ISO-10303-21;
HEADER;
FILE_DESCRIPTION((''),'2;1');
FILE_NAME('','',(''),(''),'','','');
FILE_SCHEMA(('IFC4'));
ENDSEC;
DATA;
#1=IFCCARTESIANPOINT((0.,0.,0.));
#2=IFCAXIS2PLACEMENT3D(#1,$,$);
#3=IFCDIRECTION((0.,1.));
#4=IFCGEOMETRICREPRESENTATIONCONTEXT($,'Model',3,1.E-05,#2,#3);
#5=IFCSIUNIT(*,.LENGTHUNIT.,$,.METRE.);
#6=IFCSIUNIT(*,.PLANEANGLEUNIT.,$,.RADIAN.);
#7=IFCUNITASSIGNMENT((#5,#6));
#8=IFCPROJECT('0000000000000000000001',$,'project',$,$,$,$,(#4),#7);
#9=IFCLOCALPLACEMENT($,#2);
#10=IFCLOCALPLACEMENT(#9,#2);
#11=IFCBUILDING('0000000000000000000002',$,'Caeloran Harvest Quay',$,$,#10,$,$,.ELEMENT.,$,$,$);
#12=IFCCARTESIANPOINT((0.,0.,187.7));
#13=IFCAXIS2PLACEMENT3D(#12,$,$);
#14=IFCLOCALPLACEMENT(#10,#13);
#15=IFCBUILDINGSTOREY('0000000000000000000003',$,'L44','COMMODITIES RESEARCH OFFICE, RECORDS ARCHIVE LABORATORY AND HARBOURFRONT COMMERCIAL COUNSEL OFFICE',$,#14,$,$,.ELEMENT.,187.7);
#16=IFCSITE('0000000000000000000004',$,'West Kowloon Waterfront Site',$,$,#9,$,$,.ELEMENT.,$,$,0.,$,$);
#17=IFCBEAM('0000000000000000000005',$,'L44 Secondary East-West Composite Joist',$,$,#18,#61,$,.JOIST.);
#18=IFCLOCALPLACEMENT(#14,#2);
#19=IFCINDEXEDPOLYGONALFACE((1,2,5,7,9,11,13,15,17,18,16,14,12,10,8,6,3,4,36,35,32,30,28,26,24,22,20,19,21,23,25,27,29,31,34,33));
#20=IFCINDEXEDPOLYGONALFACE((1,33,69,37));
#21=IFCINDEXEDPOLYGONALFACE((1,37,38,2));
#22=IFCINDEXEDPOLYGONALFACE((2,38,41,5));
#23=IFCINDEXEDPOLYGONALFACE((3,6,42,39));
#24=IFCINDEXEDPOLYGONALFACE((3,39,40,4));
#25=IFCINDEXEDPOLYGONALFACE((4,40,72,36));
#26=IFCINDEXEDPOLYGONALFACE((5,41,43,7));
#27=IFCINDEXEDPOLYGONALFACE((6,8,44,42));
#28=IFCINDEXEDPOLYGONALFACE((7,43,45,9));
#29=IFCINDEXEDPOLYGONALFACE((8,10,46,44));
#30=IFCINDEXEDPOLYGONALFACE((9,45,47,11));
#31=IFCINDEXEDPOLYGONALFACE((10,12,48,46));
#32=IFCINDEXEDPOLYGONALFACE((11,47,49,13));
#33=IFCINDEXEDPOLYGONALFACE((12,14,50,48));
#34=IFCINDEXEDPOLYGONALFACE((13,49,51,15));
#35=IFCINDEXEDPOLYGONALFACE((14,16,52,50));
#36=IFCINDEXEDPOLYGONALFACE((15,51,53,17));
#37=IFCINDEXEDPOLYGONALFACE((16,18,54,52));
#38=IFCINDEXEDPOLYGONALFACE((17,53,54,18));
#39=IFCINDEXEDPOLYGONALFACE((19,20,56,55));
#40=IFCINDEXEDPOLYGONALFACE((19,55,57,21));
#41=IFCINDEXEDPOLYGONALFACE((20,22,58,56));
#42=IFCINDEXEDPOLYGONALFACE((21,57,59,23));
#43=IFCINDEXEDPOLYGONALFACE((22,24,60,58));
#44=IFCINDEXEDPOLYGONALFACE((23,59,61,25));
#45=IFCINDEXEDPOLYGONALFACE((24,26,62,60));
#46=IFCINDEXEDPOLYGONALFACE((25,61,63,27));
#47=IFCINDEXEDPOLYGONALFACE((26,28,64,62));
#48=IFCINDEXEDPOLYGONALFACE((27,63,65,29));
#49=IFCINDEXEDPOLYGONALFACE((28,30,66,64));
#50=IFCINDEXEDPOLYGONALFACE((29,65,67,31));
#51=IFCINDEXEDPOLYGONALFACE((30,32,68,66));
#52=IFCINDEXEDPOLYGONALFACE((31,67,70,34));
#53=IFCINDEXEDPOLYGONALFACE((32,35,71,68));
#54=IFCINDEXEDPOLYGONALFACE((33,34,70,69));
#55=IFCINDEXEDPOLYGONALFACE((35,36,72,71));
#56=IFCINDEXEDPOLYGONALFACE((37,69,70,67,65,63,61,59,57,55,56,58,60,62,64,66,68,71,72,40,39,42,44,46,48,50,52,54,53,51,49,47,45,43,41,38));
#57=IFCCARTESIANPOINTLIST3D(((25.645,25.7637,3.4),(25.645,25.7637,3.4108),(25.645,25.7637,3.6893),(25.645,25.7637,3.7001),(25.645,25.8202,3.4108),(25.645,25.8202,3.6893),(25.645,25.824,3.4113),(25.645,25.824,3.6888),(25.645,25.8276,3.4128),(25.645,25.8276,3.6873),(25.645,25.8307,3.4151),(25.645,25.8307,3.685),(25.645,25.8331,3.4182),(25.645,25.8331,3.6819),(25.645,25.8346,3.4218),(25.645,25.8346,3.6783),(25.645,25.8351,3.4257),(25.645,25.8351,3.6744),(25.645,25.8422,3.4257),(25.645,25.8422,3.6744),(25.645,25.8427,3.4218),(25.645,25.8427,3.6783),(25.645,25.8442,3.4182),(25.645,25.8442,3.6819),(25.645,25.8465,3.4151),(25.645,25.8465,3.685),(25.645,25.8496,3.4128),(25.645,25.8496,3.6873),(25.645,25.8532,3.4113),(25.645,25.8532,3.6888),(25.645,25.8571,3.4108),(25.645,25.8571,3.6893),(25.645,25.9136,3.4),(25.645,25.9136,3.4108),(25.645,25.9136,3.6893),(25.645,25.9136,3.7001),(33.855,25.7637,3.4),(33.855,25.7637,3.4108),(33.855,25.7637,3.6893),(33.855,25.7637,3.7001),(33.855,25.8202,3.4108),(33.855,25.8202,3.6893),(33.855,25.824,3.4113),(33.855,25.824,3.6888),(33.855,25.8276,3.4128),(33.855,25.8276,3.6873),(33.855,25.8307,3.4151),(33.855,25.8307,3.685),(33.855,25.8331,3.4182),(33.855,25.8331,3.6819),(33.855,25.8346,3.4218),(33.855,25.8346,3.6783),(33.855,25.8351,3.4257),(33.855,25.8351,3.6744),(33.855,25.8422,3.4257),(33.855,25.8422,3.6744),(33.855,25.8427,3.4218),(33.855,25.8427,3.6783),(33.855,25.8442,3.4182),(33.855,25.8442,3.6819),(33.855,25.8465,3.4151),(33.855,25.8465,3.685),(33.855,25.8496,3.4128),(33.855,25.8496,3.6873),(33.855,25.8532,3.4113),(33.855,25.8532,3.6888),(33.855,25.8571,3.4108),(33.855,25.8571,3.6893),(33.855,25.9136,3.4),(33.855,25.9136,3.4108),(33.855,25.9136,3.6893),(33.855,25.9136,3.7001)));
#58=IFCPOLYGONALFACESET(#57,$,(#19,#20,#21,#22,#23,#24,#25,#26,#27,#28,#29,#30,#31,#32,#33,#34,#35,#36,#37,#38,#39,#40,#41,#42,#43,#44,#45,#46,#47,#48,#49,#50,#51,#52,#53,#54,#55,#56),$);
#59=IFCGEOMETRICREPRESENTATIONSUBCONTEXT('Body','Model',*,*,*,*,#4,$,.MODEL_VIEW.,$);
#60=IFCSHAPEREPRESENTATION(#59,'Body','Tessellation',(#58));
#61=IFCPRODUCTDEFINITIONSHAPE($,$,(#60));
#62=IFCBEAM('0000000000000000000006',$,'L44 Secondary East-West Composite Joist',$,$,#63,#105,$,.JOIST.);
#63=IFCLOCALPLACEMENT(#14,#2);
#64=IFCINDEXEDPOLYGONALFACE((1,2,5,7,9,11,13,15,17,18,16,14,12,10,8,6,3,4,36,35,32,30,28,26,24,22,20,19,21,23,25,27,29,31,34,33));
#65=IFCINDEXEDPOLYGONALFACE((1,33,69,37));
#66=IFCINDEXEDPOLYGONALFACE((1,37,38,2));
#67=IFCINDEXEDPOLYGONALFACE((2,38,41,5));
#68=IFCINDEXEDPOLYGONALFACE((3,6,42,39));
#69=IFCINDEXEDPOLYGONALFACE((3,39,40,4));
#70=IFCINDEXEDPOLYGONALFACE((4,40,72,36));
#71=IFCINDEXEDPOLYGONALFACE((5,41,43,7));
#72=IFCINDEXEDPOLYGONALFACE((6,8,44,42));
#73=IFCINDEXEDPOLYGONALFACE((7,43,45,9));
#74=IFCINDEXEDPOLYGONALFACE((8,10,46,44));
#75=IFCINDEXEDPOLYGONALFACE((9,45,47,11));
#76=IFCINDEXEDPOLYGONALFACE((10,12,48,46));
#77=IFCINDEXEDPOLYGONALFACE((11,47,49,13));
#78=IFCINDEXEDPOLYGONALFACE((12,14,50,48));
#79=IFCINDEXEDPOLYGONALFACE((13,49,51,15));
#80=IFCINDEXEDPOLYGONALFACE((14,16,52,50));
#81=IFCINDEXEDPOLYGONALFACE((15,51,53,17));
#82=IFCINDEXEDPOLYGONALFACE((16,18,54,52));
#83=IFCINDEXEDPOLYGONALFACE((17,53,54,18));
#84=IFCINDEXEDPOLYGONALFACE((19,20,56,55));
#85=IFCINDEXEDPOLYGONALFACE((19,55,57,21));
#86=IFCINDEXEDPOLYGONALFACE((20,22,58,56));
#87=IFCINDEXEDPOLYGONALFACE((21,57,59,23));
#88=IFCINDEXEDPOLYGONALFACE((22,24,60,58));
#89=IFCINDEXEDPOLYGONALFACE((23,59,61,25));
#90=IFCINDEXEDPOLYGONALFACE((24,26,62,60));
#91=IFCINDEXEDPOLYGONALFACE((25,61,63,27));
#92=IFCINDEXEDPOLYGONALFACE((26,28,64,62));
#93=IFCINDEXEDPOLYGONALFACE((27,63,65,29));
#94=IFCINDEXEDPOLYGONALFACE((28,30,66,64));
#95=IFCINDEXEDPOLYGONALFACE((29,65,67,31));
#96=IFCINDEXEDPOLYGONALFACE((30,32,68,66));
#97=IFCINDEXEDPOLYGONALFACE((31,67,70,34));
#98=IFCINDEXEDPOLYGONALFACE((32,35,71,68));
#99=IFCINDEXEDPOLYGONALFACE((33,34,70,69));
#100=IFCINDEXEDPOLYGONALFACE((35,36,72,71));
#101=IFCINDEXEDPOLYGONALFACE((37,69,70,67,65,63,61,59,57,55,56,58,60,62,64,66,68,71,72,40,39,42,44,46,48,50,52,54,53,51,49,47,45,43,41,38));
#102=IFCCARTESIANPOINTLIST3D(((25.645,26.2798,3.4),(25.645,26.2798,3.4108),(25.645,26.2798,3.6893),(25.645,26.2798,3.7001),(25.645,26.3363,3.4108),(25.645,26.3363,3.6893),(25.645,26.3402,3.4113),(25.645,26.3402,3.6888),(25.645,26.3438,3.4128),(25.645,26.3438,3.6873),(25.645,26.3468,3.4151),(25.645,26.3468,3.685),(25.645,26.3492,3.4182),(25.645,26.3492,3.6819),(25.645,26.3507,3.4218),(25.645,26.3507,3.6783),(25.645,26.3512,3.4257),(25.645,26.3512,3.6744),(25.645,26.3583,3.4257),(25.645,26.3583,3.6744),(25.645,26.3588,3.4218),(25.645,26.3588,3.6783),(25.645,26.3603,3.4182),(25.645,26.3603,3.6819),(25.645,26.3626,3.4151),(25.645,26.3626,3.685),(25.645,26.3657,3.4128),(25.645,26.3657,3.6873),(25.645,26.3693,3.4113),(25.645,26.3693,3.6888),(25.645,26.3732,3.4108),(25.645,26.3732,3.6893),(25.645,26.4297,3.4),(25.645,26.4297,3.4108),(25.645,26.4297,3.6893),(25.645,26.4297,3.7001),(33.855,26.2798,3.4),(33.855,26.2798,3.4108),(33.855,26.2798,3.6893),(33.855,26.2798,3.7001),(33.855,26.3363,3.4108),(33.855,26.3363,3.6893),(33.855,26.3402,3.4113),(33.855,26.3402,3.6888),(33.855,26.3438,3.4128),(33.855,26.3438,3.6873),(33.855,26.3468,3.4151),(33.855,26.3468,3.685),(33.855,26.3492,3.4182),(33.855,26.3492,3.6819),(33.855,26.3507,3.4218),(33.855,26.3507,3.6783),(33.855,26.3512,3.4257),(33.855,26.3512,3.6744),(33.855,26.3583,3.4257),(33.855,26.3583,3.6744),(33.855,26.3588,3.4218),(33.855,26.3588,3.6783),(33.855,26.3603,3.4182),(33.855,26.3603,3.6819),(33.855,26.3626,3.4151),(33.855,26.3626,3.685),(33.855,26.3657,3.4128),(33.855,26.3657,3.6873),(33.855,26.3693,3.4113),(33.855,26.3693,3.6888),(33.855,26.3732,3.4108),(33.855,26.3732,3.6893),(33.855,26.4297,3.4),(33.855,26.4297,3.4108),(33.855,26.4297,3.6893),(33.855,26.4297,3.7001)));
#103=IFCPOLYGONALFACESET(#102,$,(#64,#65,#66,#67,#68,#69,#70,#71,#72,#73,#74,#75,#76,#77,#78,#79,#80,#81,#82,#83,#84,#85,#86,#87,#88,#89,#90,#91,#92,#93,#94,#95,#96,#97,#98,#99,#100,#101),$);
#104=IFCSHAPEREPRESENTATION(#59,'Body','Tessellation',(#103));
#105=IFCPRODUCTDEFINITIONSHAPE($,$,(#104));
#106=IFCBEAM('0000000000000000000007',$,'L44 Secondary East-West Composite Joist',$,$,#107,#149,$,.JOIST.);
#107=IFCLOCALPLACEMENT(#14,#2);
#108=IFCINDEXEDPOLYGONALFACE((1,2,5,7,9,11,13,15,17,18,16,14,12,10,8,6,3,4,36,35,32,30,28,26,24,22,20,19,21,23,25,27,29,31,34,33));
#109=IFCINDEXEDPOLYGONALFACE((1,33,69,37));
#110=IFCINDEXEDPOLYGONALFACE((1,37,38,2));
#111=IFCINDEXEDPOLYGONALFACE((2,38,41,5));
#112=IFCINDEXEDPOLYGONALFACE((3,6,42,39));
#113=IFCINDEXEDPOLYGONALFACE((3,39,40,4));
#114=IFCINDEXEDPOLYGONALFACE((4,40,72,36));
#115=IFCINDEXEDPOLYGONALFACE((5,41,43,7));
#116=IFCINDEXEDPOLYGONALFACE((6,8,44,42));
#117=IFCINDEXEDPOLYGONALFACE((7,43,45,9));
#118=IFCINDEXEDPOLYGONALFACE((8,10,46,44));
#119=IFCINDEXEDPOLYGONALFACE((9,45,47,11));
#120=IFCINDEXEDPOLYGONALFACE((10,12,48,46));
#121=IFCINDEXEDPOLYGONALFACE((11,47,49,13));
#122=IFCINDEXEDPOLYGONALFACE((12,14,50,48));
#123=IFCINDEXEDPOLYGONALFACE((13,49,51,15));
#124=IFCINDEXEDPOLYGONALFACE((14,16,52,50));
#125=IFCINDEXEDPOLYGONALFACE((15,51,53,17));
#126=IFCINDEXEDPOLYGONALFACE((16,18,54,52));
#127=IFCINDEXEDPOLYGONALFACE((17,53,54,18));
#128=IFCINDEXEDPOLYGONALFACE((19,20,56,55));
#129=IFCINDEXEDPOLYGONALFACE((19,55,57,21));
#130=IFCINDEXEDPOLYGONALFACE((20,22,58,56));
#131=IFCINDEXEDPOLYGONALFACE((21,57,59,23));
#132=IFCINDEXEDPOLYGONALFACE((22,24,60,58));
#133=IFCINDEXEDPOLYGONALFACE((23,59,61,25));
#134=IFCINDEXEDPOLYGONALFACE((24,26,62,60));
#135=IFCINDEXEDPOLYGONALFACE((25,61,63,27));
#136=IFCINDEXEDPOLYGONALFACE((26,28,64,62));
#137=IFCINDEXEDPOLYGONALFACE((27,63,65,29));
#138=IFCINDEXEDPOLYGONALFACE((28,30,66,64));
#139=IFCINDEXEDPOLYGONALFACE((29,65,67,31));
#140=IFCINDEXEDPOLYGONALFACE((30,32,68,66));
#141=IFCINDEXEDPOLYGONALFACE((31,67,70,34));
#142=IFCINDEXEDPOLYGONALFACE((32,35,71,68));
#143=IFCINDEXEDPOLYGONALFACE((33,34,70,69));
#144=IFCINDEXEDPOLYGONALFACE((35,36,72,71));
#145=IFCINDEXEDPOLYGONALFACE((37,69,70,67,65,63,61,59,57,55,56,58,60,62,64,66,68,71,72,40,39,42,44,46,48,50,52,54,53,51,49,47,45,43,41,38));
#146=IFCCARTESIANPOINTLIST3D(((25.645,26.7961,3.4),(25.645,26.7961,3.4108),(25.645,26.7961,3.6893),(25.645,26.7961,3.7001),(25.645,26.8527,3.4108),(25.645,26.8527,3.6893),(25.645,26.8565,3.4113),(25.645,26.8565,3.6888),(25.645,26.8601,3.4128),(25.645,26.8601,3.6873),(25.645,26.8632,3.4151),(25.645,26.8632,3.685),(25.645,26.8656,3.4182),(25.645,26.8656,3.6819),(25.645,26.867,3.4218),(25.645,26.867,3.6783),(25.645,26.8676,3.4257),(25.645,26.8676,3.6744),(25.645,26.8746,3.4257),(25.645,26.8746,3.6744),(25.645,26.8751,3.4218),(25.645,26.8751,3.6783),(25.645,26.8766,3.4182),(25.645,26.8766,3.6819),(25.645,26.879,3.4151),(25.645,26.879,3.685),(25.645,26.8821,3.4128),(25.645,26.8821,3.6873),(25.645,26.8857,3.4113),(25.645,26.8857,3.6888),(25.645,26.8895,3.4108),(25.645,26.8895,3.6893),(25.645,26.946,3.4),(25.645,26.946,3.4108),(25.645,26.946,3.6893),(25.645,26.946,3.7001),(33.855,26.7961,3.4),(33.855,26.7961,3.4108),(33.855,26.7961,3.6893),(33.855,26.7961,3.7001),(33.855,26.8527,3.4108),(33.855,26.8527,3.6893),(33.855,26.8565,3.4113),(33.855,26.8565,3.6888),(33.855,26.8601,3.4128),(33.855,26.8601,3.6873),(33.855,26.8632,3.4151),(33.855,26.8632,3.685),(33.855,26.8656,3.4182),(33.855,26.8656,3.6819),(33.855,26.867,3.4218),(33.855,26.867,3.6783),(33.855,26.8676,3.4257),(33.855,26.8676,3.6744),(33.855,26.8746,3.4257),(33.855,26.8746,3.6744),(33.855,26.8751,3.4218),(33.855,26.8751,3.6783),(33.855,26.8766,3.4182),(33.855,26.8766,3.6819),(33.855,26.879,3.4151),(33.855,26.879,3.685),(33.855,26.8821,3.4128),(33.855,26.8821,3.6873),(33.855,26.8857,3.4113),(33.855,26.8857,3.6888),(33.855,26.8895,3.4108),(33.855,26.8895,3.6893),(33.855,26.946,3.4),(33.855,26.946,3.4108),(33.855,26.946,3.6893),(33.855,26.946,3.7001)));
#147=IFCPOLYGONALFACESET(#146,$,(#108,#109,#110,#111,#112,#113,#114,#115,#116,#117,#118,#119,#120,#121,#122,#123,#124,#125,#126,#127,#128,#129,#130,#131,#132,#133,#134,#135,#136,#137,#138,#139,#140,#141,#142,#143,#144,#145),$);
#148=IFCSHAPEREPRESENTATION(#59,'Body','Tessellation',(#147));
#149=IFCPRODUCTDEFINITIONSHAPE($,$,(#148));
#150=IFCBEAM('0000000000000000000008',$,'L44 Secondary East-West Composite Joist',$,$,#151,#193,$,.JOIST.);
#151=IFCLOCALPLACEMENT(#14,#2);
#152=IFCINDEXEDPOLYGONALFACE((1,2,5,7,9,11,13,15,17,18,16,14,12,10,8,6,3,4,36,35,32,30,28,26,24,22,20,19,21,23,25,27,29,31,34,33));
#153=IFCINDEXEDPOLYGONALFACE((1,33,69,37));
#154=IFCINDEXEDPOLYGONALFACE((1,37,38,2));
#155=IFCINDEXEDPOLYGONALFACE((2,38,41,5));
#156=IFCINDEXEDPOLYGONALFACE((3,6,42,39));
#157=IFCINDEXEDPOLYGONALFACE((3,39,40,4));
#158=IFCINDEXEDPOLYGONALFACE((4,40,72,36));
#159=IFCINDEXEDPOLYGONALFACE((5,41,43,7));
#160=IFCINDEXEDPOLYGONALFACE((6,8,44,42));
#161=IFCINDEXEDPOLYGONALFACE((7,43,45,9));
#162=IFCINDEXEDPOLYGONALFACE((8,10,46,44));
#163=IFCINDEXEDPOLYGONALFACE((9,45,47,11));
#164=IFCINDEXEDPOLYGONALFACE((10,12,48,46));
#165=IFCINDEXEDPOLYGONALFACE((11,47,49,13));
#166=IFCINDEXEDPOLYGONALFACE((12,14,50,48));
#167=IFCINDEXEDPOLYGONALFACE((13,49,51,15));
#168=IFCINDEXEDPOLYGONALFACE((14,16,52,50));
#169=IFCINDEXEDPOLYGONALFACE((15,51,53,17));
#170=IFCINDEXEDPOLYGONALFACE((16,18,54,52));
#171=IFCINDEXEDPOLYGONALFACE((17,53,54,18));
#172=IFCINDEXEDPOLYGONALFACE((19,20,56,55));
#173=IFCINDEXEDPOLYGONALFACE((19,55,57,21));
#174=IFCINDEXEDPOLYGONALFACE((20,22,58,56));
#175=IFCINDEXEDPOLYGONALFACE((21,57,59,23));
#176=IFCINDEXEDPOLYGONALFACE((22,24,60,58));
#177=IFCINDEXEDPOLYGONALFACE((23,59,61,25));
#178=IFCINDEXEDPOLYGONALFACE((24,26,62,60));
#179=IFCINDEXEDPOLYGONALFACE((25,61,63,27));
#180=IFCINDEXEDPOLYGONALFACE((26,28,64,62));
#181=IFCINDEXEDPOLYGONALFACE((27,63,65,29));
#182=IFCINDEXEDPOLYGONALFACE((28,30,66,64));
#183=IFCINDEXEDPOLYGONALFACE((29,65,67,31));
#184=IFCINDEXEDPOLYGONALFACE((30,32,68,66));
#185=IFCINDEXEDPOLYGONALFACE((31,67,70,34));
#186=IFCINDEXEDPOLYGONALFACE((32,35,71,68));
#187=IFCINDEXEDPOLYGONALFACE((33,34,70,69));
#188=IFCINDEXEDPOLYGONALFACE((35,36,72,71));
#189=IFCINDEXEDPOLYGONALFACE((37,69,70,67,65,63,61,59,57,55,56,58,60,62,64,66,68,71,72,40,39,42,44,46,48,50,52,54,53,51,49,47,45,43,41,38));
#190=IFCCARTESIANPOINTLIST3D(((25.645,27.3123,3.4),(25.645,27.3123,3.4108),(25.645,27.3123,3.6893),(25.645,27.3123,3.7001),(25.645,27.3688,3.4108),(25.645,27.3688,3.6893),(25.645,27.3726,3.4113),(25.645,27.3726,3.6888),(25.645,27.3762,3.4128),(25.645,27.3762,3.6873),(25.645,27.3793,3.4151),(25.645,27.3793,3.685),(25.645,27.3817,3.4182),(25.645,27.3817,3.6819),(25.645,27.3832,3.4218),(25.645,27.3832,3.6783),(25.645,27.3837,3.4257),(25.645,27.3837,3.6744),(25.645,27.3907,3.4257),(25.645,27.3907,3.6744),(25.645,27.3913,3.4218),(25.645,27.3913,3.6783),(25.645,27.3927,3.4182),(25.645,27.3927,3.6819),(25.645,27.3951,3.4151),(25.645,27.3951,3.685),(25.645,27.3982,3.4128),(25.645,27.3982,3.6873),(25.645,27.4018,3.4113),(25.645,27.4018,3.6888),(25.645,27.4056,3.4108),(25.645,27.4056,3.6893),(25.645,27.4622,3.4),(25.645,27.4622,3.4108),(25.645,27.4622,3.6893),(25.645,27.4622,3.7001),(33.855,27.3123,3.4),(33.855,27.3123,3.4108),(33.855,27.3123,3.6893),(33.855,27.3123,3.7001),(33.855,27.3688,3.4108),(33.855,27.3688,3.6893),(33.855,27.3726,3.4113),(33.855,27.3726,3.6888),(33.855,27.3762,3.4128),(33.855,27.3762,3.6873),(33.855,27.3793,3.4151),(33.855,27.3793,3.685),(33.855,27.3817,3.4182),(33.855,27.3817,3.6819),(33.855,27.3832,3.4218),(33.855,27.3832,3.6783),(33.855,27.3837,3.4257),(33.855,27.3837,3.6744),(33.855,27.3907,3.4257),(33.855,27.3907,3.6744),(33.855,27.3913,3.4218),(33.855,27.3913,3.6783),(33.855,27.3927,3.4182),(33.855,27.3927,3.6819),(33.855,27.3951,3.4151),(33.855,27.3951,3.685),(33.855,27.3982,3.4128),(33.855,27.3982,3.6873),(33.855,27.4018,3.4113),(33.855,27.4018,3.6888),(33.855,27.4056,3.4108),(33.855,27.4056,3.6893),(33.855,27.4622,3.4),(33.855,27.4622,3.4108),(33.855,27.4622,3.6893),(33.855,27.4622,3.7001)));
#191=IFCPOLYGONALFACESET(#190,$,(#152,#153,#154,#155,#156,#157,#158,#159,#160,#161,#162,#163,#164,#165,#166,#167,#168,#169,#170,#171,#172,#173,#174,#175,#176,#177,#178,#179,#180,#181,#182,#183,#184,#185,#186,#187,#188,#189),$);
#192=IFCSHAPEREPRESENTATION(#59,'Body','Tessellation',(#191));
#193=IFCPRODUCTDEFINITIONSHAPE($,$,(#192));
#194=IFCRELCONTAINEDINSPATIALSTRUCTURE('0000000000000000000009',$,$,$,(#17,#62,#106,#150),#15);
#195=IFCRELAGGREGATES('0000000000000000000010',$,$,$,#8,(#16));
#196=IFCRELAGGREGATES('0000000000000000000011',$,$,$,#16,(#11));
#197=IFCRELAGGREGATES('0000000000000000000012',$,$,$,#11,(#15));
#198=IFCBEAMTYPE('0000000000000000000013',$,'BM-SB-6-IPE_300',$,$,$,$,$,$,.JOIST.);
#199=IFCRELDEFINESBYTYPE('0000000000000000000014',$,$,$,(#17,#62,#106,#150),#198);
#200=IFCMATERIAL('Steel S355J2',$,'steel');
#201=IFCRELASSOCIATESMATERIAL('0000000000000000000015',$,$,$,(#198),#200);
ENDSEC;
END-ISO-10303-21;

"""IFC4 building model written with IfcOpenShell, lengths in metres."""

from ifc_helpers import new_model, si_unit, direction, frame, origin, origin_2d, place, context, subcontext, project, spatial, i_section, extrude, material, material_profile, profile_set, type_object, element, save


model = new_model("IFC4")

# Units and contexts
model_context = context("Model", 3, precision=1e-05, world=origin(), true_north=direction((0.0, 1.0)))
body_context = subcontext(model_context, "Body", "Model", "MODEL_VIEW")
ifc_project = project(units=[si_unit("LENGTHUNIT", "METRE"), si_unit("PLANEANGLEUNIT", "RADIAN")], contexts=[model_context])

# Site, building, storey
site_placement = place(None, origin())
site = spatial("IfcSite", under=ifc_project, at=site_placement, Name="West Kowloon Waterfront Site", CompositionType="ELEMENT", RefElevation=0.0)
building_placement = place(site_placement, origin())
building = spatial("IfcBuilding", under=site, at=building_placement, Name="Caeloran Harvest Quay", CompositionType="ELEMENT")
storey_placement = place(building_placement, frame((0.0, 0.0, 187.7)))
storey = spatial("IfcBuildingStorey", under=building, at=storey_placement, Name="L44", Description="COMMODITIES RESEARCH OFFICE, RECORDS ARCHIVE LABORATORY AND HARBOURFRONT COMMERCIAL COUNSEL OFFICE", CompositionType="ELEMENT", Elevation=187.7)

# Beams
ifc_material_1 = material(Name="Steel S355J2", Category="steel")
ifc_material_profile_1 = material_profile(ifc_material_1, i_section(OverallWidth=0.1499, OverallDepth=0.3, WebThickness=0.0071, FlangeThickness=0.0107, FilletRadius=0.0149, at=origin_2d()), Name="IPE 300")
ifc_profile_set_1 = profile_set([ifc_material_profile_1], Name="Steel S355J2")
beam_type_1 = type_object("IfcBeamType", Name="BM-SB-6-IPE_300", PredefinedType="JOIST", material=ifc_profile_set_1)
for number, where, z_axis, x_axis, name in (
    (1, (25.645, 25.8386, 3.55), (1.0, 0.0, 0.0), (0.0, 1.0, 0.0), "L44 Secondary East-West Composite Joist"),
    (2, (25.645, 26.3547, 3.55), (1.0, 0.0, 0.0), (0.0, 1.0, 0.0), "L44 Secondary East-West Composite Joist"),
    (3, (25.645, 26.8711, 3.55), (1.0, 0.0, 0.0), (0.0, 1.0, 0.0), "L44 Secondary East-West Composite Joist"),
    (4, (25.645, 27.3872, 3.55), (1.0, 0.0, 0.0), (0.0, 1.0, 0.0), "L44 Secondary East-West Composite Joist"),
):
    element("IfcBeam", number, at=place(storey_placement, frame(where, z_axis=z_axis, x_axis=x_axis)), inside=storey, type_object=beam_type_1, Name=name, PredefinedType="JOIST", context=body_context, shape_type="SweptSolid", body=[
        extrude(i_section(OverallWidth=0.1499, OverallDepth=0.3, WebThickness=0.0071, FlangeThickness=0.0107, FilletRadius=0.0149, at=origin_2d()), origin(), (0.0, 0.0, 1.0), 8.21),
    ])

save(model, "model.ifc")
